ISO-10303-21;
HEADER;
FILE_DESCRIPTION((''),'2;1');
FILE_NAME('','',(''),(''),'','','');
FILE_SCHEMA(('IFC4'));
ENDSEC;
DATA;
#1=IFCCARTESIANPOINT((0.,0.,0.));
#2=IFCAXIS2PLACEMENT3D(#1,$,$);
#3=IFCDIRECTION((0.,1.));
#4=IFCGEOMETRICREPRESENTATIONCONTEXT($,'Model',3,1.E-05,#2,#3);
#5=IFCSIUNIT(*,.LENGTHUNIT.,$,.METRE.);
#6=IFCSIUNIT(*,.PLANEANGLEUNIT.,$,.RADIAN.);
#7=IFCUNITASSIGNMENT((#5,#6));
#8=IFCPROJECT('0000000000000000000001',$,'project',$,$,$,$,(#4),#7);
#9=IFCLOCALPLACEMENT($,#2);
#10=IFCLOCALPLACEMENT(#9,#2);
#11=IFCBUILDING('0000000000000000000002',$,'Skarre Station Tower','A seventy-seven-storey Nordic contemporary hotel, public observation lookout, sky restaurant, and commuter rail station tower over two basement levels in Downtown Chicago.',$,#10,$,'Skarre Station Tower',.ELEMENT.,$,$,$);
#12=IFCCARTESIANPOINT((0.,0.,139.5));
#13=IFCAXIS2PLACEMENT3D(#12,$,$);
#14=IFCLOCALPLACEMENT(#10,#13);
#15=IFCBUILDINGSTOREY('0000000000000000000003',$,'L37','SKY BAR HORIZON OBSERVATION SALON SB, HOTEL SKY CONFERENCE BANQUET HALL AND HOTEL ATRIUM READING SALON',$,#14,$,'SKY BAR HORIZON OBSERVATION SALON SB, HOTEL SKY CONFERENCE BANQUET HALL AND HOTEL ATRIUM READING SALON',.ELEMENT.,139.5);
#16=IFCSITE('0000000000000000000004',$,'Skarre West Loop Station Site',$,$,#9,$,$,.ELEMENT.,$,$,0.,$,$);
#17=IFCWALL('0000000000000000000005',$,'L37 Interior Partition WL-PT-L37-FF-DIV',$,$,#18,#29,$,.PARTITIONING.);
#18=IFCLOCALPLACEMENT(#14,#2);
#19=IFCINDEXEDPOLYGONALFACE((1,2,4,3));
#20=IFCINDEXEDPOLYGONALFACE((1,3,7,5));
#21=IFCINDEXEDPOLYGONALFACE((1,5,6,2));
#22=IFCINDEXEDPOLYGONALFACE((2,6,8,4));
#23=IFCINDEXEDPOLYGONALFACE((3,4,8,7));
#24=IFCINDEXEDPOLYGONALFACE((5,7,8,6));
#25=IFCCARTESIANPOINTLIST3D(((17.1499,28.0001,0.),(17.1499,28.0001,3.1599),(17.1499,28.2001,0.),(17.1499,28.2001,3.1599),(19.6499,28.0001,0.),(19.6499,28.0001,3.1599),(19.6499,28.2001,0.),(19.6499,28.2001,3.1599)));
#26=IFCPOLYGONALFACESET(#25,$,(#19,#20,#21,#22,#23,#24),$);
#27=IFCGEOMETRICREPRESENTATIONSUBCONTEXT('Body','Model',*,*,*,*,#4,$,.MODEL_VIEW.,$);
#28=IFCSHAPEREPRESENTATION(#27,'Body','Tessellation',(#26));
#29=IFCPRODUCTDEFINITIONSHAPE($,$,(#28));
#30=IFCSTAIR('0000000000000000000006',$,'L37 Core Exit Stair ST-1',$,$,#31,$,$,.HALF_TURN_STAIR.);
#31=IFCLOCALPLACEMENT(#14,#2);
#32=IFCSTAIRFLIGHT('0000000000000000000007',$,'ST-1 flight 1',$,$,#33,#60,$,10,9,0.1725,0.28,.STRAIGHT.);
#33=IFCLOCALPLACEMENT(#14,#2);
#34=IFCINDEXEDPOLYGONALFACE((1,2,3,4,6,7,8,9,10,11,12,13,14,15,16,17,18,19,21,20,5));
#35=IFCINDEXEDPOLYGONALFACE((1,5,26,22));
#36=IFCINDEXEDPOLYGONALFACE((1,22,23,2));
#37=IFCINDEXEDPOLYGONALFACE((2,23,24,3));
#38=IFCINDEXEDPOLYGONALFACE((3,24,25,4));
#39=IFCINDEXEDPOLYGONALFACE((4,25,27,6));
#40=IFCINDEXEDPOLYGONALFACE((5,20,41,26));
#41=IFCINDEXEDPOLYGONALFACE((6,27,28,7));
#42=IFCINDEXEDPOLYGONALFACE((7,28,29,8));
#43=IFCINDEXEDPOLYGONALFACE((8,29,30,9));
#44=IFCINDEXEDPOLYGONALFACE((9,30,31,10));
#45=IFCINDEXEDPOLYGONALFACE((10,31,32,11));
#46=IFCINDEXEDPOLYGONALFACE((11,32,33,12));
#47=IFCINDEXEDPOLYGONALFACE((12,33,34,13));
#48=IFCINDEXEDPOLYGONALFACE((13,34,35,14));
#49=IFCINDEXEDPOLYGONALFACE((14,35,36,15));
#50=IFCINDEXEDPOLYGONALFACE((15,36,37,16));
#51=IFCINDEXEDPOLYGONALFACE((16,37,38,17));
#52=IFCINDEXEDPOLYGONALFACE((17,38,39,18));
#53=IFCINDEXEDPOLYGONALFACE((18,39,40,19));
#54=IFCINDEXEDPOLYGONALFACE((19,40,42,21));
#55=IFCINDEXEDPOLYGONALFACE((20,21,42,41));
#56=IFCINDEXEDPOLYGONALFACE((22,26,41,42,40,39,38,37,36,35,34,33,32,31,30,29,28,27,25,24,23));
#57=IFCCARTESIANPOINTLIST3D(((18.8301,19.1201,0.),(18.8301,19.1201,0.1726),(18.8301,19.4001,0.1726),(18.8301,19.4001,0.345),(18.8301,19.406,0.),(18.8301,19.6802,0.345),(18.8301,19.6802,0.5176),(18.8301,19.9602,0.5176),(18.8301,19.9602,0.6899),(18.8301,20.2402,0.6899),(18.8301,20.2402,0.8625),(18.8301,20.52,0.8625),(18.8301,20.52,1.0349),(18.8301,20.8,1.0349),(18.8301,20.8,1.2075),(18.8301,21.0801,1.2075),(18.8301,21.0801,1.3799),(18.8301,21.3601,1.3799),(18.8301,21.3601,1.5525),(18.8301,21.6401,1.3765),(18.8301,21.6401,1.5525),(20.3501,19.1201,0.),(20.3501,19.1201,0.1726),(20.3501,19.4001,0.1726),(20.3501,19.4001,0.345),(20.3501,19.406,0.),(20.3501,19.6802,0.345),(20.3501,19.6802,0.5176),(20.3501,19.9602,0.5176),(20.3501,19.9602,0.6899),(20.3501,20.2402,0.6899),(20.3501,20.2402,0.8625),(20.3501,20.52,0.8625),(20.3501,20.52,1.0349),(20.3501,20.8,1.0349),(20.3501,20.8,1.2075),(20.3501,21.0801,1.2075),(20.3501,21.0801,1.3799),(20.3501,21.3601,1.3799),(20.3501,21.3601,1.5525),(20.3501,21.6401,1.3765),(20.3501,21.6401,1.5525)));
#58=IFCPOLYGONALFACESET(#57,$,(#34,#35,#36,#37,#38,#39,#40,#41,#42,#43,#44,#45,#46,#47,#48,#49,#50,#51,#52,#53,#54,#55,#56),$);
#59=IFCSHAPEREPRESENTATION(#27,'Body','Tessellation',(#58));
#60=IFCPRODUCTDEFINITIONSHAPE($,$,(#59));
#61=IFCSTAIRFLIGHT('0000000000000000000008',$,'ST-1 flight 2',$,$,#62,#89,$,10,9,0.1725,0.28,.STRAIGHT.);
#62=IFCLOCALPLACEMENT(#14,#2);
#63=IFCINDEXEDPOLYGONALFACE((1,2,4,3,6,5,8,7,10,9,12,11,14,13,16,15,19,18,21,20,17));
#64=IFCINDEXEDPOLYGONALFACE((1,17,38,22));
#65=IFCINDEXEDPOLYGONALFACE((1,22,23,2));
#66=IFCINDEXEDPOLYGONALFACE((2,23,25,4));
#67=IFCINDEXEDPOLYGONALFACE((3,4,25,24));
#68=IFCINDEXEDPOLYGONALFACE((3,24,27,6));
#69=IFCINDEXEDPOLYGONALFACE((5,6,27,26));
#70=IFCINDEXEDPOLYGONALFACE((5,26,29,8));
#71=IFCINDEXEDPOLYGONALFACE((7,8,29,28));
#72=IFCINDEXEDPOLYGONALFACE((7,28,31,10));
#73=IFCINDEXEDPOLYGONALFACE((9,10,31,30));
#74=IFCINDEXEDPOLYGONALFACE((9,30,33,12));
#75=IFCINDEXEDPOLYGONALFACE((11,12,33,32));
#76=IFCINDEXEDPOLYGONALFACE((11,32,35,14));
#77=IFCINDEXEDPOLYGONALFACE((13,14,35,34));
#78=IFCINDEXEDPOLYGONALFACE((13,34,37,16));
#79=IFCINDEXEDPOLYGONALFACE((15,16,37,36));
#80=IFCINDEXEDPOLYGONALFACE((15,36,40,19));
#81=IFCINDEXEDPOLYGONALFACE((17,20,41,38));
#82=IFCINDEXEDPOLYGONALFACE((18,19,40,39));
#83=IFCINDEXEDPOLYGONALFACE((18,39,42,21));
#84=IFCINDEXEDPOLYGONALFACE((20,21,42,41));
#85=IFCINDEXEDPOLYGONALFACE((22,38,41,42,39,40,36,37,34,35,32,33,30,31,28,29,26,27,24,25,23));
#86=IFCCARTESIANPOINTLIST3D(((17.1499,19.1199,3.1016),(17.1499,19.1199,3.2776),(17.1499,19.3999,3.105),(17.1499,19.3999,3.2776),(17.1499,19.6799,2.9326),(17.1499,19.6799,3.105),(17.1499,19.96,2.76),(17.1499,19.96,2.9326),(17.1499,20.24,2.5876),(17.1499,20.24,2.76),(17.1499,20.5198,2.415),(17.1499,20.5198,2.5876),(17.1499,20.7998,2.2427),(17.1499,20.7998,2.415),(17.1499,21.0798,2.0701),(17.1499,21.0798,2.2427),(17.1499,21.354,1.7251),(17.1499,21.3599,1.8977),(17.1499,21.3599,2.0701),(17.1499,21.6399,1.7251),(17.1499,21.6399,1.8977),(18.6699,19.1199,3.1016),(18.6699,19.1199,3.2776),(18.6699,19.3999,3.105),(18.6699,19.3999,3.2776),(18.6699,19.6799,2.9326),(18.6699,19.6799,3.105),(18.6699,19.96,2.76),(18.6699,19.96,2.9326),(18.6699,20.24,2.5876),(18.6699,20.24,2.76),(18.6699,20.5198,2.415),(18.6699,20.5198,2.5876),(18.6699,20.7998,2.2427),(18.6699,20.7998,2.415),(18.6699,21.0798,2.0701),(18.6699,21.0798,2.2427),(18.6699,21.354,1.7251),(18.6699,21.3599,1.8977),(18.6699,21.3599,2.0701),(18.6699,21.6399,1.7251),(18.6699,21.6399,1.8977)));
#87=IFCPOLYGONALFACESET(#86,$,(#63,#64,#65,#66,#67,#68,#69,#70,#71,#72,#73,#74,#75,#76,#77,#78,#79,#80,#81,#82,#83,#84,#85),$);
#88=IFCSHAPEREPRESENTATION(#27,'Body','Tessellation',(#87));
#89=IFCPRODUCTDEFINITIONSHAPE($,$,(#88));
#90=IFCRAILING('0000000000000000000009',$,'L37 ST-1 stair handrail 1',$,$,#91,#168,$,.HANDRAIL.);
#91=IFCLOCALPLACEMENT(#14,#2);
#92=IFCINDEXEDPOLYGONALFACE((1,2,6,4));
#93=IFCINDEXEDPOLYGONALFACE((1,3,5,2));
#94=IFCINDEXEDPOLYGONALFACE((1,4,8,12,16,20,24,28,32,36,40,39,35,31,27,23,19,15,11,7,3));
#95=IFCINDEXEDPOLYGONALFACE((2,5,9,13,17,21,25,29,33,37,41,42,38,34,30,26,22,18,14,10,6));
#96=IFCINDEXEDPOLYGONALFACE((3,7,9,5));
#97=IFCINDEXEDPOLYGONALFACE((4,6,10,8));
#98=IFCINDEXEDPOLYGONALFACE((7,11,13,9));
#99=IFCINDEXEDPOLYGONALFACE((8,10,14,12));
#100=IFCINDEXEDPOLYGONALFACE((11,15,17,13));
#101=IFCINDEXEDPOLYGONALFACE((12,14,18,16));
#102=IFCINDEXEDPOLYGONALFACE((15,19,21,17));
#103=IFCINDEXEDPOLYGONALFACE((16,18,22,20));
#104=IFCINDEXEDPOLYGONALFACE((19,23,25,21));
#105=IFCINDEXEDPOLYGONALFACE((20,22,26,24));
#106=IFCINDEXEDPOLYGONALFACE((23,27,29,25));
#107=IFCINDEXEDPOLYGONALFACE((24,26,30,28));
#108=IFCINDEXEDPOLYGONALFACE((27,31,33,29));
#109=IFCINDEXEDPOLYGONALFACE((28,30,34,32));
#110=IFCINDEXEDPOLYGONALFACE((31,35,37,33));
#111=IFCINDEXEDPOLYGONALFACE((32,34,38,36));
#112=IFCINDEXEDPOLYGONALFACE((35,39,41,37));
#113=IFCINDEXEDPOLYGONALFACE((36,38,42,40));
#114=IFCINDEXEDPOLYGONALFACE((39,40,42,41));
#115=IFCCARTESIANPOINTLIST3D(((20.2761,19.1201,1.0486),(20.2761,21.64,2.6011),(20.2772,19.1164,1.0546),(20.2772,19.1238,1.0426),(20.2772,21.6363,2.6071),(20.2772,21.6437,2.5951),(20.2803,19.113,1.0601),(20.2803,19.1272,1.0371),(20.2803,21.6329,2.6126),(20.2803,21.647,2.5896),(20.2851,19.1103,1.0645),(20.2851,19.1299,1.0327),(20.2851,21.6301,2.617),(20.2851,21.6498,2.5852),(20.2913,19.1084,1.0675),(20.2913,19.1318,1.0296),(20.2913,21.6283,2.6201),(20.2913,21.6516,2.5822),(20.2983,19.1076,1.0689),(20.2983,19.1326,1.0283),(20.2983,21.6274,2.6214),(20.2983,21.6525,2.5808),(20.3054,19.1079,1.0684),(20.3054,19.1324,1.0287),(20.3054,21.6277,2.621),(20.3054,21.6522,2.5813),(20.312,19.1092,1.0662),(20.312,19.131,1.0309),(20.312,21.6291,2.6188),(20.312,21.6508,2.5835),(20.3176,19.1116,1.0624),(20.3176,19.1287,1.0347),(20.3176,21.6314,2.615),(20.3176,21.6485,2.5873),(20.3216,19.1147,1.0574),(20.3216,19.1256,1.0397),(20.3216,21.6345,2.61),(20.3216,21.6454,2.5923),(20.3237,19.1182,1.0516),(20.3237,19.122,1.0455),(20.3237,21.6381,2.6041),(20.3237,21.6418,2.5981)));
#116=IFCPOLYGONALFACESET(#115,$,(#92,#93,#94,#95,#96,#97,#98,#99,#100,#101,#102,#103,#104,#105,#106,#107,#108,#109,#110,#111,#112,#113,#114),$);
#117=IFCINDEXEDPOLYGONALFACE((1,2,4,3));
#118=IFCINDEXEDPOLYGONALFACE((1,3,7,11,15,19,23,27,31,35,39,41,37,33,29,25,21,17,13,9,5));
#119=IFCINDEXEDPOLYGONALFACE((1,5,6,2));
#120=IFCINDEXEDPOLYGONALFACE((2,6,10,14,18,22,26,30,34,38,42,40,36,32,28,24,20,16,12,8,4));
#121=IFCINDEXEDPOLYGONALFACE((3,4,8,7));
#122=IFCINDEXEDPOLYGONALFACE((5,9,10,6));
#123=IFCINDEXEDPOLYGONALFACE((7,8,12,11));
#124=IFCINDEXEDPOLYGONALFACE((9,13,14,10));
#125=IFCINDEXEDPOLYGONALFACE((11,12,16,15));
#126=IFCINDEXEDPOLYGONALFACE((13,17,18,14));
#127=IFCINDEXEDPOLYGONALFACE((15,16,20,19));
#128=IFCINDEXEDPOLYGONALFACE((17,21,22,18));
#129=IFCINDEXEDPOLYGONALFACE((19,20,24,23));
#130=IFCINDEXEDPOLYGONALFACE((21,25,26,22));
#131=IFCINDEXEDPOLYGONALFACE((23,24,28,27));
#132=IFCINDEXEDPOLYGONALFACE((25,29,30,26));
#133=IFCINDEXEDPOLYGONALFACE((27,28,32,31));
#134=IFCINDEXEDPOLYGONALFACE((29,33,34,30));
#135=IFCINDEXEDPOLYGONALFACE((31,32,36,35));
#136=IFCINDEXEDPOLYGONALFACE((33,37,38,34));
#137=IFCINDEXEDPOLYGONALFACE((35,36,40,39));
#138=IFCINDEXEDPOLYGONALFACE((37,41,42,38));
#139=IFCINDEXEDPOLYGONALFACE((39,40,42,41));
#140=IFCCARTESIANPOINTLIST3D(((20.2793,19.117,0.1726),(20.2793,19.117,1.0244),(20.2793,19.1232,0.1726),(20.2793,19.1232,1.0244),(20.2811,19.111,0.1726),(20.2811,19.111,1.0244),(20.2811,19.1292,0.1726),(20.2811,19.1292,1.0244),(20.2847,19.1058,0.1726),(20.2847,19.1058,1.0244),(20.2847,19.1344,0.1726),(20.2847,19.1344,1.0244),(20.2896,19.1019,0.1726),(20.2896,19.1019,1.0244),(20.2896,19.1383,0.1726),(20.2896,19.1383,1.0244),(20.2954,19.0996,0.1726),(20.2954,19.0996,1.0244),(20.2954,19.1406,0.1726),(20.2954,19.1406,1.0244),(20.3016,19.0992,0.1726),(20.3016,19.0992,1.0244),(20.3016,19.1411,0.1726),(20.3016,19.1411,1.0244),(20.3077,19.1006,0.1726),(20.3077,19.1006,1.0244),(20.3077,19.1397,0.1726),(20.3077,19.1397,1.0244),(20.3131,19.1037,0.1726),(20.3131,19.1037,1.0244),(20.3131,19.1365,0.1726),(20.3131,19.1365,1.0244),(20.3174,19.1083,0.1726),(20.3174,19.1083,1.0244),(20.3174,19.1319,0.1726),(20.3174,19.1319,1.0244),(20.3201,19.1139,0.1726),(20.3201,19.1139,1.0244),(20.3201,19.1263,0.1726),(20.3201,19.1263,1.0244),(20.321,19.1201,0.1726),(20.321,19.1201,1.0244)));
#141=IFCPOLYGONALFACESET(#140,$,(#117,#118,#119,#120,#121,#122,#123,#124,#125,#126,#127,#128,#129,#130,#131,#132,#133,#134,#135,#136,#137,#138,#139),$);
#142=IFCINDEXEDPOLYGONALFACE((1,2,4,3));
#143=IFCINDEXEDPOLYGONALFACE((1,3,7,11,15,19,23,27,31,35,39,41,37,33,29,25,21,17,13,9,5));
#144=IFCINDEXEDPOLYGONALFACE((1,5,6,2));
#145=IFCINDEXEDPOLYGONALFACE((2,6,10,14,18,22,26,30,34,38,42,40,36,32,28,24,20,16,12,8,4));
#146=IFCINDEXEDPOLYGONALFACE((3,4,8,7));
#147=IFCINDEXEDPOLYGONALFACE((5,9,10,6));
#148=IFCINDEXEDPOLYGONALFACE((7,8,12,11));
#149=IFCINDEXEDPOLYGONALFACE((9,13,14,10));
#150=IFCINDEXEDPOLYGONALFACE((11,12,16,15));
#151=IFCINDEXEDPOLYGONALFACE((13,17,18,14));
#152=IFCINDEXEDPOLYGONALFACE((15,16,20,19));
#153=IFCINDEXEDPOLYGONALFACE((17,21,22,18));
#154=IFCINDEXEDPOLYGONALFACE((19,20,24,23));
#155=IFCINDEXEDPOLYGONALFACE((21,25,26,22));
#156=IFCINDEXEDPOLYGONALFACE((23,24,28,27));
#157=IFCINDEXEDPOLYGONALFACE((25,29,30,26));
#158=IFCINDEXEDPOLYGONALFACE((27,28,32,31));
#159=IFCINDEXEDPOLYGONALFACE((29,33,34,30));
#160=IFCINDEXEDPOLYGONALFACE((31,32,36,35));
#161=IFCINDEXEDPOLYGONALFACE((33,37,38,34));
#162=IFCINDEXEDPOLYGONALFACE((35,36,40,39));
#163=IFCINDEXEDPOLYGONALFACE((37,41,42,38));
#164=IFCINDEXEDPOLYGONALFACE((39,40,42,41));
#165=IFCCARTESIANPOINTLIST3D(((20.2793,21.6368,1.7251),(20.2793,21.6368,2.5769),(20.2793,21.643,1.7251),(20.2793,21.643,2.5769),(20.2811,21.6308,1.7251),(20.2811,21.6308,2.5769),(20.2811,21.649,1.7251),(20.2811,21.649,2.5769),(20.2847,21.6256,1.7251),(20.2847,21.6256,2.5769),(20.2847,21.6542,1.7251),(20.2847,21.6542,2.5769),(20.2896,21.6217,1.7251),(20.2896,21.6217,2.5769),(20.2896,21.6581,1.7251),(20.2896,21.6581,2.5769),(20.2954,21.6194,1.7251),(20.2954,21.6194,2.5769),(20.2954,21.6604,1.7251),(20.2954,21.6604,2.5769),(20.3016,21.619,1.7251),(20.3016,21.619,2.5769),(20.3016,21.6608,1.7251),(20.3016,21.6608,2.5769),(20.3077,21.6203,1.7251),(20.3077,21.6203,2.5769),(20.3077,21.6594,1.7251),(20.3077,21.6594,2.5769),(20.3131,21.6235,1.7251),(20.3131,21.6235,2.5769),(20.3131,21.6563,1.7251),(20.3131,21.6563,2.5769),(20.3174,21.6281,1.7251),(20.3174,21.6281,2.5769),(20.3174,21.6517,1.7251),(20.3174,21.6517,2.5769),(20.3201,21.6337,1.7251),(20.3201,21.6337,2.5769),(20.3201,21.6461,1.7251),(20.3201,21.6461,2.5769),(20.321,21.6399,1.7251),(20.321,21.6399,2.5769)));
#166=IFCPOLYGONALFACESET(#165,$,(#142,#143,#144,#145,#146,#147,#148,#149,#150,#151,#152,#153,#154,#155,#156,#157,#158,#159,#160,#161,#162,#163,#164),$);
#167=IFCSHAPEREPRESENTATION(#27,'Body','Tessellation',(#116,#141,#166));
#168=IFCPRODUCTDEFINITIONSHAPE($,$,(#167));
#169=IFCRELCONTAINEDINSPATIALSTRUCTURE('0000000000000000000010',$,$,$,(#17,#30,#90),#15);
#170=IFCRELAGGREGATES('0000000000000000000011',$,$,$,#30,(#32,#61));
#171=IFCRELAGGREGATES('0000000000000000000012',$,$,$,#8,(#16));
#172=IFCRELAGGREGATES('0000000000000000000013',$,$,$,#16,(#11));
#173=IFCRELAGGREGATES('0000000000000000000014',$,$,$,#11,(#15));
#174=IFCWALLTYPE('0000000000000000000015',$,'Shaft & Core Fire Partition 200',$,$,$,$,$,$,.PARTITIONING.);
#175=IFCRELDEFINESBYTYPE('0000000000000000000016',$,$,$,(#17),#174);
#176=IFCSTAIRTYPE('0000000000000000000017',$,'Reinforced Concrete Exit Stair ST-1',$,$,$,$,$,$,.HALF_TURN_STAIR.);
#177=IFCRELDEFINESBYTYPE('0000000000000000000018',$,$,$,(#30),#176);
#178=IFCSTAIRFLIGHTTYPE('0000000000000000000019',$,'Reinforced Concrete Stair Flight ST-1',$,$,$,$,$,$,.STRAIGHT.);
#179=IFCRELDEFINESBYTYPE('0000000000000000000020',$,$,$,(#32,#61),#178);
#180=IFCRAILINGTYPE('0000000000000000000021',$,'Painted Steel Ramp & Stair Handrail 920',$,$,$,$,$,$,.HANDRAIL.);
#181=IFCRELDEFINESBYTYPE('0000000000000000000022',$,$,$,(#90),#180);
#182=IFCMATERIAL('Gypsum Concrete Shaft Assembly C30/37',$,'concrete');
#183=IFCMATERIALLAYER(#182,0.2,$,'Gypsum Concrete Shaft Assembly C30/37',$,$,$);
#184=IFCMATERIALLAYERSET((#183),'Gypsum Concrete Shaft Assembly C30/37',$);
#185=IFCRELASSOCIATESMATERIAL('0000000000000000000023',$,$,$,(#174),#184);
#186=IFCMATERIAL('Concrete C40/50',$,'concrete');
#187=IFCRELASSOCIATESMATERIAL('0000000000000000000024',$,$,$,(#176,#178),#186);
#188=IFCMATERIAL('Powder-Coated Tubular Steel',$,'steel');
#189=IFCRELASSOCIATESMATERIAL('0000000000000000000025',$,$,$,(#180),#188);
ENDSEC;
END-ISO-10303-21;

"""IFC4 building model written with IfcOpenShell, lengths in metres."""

from ifc_helpers import new_model, si_unit, direction, frame, frame_2d, origin, origin_2d, place, context, subcontext, project, spatial, polyline, rectangle, circle, outline, extrude, material, layer, layer_set, type_object, element, aggregate, save


model = new_model("IFC4")

# Units and contexts
model_context = context("Model", 3, precision=1e-05, world=origin(), true_north=direction((0.0, 1.0)))
body_context = subcontext(model_context, "Body", "Model", "MODEL_VIEW")
ifc_project = project(units=[si_unit("LENGTHUNIT", "METRE"), si_unit("PLANEANGLEUNIT", "RADIAN")], contexts=[model_context])

# Site, building, storey
site_placement = place(None, origin())
site = spatial("IfcSite", under=ifc_project, at=site_placement, Name="Skarre West Loop Station Site", CompositionType="ELEMENT", RefElevation=0.0)
building_placement = place(site_placement, origin())
building = spatial("IfcBuilding", under=site, at=building_placement, Name="Skarre Station Tower", Description="A seventy-seven-storey Nordic contemporary hotel, public observation lookout, sky restaurant, and commuter rail station tower over two basement levels in Downtown Chicago.", LongName="Skarre Station Tower", CompositionType="ELEMENT")
storey_placement = place(building_placement, frame((0.0, 0.0, 139.5)))
storey = spatial("IfcBuildingStorey", under=building, at=storey_placement, Name="L37", Description="SKY BAR HORIZON OBSERVATION SALON SB, HOTEL SKY CONFERENCE BANQUET HALL AND HOTEL ATRIUM READING SALON", LongName="SKY BAR HORIZON OBSERVATION SALON SB, HOTEL SKY CONFERENCE BANQUET HALL AND HOTEL ATRIUM READING SALON", CompositionType="ELEMENT", Elevation=139.5)

# Shared definitions
ifc_material_1 = material(Name="Gypsum Concrete Shaft Assembly C30/37", Category="concrete")
ifc_layer_1 = layer(ifc_material_1, 0.2, Name="Gypsum Concrete Shaft Assembly C30/37")
ifc_layer_set_1 = layer_set([ifc_layer_1], Name="Gypsum Concrete Shaft Assembly C30/37")
wall_type_1 = type_object("IfcWallType", Name="Shaft & Core Fire Partition 200", PredefinedType="PARTITIONING", material=ifc_layer_set_1)

# Wall
wall_1_placement = place(storey_placement, frame((17.1499, 28.1001, 0.0), z_axis=(0.0, 0.0, 1.0), x_axis=(1.0, 0.0, 0.0)))
element("IfcWall", 1, at=wall_1_placement, inside=storey, type_object=wall_type_1, Name="L37 Interior Partition WL-PT-L37-FF-DIV", PredefinedType="PARTITIONING", context=body_context, shape_type="SweptSolid", body=[
    extrude(rectangle(XDim=2.5, YDim=0.2, at=frame_2d((1.25, 0.0))), origin(), (0.0, 0.0, 1.0), 3.1599),
])

# Stair, stair flights
ifc_material_2 = material(Name="Concrete C40/50", Category="concrete")
stair_type = type_object("IfcStairType", Name="Reinforced Concrete Exit Stair ST-1", PredefinedType="HALF_TURN_STAIR", material=ifc_material_2)
stair_placement = place(storey_placement, origin())
stair = element("IfcStair", 2, at=stair_placement, inside=storey, type_object=stair_type, Name="L37 Core Exit Stair ST-1", PredefinedType="HALF_TURN_STAIR")
stair_flight_type = type_object("IfcStairFlightType", Name="Reinforced Concrete Stair Flight ST-1", PredefinedType="STRAIGHT", material=ifc_material_2)
stair_flight_1_placement = place(storey_placement, frame((19.5901, 19.1201, 0.0), z_axis=(0.0, 0.0, 1.0), x_axis=(0.0, 1.0, 0.0)))
stair_flight_1 = element("IfcStairFlight", 3, at=stair_flight_1_placement, type_object=stair_flight_type, Name="ST-1 flight 1", NumberOfRisers=10, NumberOfTreads=9, PredefinedType="STRAIGHT", RiserHeight=0.1725, TreadLength=0.28, context=body_context, shape_type="SweptSolid", body=[
    extrude(outline(polyline([(0.0, 0.0), (0.0, 0.1726), (0.28, 0.1726), (0.28, 0.345), (0.5601, 0.345), (0.5601, 0.5176), (0.8401, 0.5176), (0.8401, 0.6899), (1.1201, 0.6899), (1.1201, 0.8625), (1.3999, 0.8625), (1.3999, 1.0349), (1.6799, 1.0349), (1.6799, 1.2075), (1.96, 1.2075), (1.96, 1.3799), (2.24, 1.3799), (2.24, 1.5525), (2.52, 1.5525), (2.52, 1.7251), (2.52, 1.3765), (0.2859, 0.0), (0.0, 0.0)])), frame((0.0, 0.76, 0.0), z_axis=(0.0, -1.0, 0.0), x_axis=(1.0, 0.0, 0.0)), (0.0, 0.0, 1.0), 1.52),
])
stair_flight_2_placement = place(storey_placement, frame((17.9099, 21.6399, 1.7251), z_axis=(0.0, 0.0, 1.0), x_axis=(0.0, -1.0, 0.0)))
stair_flight_2 = element("IfcStairFlight", 4, at=stair_flight_2_placement, type_object=stair_flight_type, Name="ST-1 flight 2", NumberOfRisers=10, NumberOfTreads=9, PredefinedType="STRAIGHT", RiserHeight=0.1725, TreadLength=0.28, context=body_context, shape_type="SweptSolid", body=[
    extrude(outline(polyline([(0.0, 0.0), (0.0, 0.1726), (0.28, 0.1726), (0.28, 0.345), (0.5601, 0.345), (0.5601, 0.5176), (0.8401, 0.5176), (0.8401, 0.6899), (1.1201, 0.6899), (1.1201, 0.8625), (1.3999, 0.8625), (1.3999, 1.0349), (1.6799, 1.0349), (1.6799, 1.2075), (1.96, 1.2075), (1.96, 1.3799), (2.24, 1.3799), (2.24, 1.5525), (2.52, 1.5525), (2.52, 1.7251), (2.52, 1.3765), (0.2859, 0.0), (0.0, 0.0)])), frame((0.0, 0.76, 0.0), z_axis=(0.0, -1.0, 0.0), x_axis=(1.0, 0.0, 0.0)), (0.0, 0.0, 1.0), 1.52),
])
aggregate(stair, [stair_flight_1, stair_flight_2])

# Railing
ifc_material_3 = material(Name="Powder-Coated Tubular Steel", Category="steel")
railing_type_1 = type_object("IfcRailingType", Name="Painted Steel Ramp & Stair Handrail 920", PredefinedType="HANDRAIL", material=ifc_material_3)
railing_1_placement = place(storey_placement, frame((20.3, 19.1201, 0.1726)))
element("IfcRailing", 5, at=railing_1_placement, inside=storey, type_object=railing_type_1, Name="L37 ST-1 stair handrail 1", PredefinedType="HANDRAIL", context=body_context, shape_type="SweptSolid", body=[
    extrude(circle(Radius=0.0239, at=origin_2d()), frame((0.0, 0.0, 0.876), z_axis=(0.0, 0.851378, 0.524553), x_axis=(-1.0, 0.0, 0.0)), (0.0, 0.0, 1.0), 2.9597),
    extrude(circle(Radius=0.021, at=origin_2d()), origin(), (0.0, 0.0, 1.0), 0.8518),
    extrude(circle(Radius=0.021, at=origin_2d()), frame((0.0, 2.5198, 1.5525)), (0.0, 0.0, 1.0), 0.8518),
])

save(model, "model.ifc")
